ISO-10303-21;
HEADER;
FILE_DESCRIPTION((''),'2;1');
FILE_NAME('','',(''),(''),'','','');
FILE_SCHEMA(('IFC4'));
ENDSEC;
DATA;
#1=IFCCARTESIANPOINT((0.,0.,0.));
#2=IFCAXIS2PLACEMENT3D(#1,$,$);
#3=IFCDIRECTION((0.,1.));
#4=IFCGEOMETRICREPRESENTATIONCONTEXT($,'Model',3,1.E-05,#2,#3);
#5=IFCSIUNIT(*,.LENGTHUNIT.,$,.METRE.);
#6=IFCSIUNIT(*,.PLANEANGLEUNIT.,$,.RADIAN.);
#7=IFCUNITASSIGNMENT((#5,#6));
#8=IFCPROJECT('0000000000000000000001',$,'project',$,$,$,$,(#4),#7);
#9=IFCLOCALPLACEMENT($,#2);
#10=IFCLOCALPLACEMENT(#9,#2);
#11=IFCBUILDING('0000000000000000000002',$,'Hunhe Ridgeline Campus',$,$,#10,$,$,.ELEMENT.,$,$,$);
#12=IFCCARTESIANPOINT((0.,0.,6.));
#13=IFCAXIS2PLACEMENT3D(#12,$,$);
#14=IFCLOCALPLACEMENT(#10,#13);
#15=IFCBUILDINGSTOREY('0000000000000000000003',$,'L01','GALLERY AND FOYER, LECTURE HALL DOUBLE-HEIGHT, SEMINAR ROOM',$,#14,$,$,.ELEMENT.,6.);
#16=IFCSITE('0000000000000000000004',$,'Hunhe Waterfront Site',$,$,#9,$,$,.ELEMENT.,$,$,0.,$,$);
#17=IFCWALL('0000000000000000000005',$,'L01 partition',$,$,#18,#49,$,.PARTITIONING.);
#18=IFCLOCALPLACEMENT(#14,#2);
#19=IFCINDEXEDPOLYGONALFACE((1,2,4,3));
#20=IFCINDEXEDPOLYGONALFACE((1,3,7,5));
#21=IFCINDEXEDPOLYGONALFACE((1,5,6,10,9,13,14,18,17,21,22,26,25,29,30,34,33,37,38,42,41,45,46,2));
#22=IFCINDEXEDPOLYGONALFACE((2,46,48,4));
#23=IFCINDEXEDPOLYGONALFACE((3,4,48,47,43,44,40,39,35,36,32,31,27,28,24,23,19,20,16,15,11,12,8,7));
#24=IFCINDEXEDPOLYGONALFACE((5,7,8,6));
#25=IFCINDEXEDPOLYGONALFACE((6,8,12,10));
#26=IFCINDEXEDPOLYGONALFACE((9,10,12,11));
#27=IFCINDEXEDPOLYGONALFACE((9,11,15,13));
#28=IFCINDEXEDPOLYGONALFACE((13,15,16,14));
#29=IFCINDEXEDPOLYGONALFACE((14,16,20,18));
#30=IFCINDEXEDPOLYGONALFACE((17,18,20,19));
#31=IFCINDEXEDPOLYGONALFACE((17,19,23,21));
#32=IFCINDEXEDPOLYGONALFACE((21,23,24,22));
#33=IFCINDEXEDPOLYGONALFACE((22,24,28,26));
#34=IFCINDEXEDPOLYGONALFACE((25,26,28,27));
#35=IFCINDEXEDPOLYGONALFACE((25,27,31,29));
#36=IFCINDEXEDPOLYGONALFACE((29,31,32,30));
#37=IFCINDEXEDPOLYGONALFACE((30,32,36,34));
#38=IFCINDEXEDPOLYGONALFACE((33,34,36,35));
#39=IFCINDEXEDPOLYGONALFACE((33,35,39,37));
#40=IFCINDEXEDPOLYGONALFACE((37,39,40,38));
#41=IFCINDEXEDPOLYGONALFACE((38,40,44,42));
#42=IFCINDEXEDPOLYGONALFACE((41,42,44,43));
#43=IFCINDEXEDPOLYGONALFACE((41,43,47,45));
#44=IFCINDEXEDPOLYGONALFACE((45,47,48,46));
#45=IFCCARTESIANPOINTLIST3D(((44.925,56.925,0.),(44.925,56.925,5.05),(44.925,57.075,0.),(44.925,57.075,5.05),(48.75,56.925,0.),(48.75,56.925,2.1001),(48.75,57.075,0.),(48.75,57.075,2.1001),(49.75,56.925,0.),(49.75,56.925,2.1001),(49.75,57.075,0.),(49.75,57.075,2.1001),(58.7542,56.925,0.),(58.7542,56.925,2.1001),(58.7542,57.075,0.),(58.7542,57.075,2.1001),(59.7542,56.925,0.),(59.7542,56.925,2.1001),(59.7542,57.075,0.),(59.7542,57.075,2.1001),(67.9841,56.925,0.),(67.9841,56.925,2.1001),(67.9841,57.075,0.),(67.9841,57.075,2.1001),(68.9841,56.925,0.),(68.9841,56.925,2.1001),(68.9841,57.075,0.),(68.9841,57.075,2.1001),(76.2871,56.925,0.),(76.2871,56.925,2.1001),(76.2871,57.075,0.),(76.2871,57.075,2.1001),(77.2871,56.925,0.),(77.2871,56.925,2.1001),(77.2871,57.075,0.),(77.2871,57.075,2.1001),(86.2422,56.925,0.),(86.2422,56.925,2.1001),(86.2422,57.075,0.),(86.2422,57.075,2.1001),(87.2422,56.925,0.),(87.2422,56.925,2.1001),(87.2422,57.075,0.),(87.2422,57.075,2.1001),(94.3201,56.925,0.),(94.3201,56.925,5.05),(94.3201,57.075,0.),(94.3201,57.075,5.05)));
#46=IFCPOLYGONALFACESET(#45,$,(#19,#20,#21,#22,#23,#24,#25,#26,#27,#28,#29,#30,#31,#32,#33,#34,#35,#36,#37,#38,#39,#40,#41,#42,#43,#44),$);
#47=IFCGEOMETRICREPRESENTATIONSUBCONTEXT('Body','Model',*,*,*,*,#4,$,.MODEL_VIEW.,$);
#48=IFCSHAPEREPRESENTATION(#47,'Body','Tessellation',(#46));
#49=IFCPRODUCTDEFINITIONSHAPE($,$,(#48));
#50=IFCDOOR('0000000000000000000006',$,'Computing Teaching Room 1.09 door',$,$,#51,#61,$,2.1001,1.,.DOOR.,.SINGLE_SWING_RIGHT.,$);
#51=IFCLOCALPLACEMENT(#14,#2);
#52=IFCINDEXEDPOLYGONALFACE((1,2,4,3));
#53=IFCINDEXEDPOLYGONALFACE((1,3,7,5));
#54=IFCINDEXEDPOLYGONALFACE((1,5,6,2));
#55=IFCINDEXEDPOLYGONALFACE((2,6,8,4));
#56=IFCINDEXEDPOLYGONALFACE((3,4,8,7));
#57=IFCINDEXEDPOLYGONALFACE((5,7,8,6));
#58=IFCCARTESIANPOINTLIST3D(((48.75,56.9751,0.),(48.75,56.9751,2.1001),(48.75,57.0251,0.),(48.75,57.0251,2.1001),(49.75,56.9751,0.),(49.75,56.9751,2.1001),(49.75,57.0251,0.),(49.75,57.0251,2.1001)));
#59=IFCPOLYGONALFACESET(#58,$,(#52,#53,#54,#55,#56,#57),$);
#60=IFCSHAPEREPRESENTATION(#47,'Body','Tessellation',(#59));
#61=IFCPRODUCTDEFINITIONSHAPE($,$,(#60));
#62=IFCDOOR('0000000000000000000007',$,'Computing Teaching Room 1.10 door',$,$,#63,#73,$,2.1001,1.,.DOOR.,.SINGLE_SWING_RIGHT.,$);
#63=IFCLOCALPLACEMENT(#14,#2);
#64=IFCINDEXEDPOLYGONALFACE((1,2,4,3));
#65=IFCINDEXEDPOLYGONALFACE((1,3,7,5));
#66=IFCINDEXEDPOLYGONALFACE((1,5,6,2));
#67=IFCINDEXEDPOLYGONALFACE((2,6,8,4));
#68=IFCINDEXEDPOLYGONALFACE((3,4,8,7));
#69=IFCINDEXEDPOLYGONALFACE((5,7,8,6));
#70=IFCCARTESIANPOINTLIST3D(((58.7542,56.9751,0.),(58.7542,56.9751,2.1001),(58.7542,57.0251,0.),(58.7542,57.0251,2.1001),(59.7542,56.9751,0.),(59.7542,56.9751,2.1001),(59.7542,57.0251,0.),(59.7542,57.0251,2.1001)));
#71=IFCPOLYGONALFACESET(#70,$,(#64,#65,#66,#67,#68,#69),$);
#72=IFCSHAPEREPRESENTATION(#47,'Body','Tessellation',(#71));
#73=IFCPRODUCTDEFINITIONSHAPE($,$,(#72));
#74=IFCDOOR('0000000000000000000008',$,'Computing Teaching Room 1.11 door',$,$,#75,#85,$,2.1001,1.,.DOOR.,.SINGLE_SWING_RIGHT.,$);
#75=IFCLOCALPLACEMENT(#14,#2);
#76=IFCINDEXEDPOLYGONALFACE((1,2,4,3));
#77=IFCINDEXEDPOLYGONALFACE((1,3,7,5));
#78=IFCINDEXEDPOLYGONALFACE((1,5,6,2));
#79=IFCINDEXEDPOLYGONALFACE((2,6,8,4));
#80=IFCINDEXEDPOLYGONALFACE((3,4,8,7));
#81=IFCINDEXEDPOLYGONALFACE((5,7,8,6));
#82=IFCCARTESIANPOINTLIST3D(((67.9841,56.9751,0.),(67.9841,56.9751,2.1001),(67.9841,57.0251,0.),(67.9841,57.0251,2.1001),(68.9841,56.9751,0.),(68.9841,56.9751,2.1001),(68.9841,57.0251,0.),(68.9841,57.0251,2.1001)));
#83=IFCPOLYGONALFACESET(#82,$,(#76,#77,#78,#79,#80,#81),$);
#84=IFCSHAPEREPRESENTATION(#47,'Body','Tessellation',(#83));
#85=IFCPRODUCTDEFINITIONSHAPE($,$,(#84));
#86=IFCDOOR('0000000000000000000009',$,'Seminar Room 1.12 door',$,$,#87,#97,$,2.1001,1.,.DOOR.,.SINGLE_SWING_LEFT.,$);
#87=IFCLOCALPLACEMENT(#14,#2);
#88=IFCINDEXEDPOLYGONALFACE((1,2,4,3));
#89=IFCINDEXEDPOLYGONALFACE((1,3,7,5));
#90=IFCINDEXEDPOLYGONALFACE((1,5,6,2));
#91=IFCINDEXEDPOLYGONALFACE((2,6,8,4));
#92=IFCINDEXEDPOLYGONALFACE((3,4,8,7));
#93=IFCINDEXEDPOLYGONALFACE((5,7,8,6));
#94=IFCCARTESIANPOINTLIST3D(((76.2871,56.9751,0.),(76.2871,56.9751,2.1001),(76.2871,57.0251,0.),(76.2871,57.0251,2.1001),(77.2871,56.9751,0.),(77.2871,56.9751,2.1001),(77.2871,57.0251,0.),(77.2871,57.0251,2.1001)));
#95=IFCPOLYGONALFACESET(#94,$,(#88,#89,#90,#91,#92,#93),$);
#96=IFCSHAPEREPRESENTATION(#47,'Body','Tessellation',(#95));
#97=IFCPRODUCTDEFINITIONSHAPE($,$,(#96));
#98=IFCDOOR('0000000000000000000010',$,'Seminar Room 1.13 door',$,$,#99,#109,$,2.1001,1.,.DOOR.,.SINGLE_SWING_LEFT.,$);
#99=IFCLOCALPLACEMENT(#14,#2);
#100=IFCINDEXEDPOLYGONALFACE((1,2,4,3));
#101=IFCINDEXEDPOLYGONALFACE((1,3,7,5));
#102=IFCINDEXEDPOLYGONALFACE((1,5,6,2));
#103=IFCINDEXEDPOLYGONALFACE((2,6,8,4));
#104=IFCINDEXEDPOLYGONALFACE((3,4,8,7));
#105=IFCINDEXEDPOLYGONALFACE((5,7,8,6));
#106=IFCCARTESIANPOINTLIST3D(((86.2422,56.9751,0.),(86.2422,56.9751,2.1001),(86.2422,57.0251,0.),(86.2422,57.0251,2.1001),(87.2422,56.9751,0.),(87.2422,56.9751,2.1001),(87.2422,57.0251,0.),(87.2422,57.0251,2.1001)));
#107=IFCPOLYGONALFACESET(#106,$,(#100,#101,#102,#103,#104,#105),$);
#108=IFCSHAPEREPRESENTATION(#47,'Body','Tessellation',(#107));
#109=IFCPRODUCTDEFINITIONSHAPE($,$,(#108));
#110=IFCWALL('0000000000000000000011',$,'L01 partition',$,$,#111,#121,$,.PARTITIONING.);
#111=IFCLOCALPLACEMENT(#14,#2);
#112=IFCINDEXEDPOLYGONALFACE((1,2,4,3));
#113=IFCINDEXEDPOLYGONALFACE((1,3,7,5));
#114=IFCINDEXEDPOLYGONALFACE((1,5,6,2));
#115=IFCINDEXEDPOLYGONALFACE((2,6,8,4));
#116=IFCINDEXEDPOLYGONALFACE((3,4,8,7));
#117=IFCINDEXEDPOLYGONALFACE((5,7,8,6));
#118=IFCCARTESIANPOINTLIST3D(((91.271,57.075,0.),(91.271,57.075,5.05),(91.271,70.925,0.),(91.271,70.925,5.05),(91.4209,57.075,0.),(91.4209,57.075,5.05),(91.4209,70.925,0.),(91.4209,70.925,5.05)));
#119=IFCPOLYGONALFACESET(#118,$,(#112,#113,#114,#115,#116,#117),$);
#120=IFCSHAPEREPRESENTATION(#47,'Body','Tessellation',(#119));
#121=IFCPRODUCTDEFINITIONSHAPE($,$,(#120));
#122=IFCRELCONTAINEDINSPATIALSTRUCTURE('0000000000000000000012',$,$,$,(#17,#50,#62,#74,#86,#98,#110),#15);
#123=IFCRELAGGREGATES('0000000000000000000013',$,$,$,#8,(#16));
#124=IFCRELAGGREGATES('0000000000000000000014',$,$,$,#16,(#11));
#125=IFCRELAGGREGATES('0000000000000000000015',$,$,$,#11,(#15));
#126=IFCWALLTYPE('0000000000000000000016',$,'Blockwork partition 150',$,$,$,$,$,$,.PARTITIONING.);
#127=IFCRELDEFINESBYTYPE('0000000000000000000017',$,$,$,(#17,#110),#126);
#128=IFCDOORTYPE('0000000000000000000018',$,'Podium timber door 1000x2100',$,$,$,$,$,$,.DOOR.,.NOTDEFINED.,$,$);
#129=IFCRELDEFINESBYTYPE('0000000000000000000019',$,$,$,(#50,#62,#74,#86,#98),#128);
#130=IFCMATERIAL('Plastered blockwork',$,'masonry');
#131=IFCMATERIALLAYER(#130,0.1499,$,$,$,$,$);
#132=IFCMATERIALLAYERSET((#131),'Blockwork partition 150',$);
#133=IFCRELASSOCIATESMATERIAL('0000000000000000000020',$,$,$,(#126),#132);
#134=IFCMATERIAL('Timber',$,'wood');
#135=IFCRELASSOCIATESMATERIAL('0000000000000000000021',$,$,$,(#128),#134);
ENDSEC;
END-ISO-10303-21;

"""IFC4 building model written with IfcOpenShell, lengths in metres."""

from ifc_helpers import new_model, si_unit, direction, frame, frame_2d, origin, place, context, subcontext, project, spatial, rectangle, extrude, material, layer, layer_set, type_object, element, fill, save


model = new_model("IFC4")

# Units and contexts
model_context = context("Model", 3, precision=1e-05, world=origin(), true_north=direction((0.0, 1.0)))
body_context = subcontext(model_context, "Body", "Model", "MODEL_VIEW")
ifc_project = project(units=[si_unit("LENGTHUNIT", "METRE"), si_unit("PLANEANGLEUNIT", "RADIAN")], contexts=[model_context])

# Site, building, storey
site_placement = place(None, origin())
site = spatial("IfcSite", under=ifc_project, at=site_placement, Name="Hunhe Waterfront Site", CompositionType="ELEMENT", RefElevation=0.0)
building_placement = place(site_placement, origin())
building = spatial("IfcBuilding", under=site, at=building_placement, Name="Hunhe Ridgeline Campus", CompositionType="ELEMENT")
storey_placement = place(building_placement, frame((0.0, 0.0, 6.0)))
storey = spatial("IfcBuildingStorey", under=building, at=storey_placement, Name="L01", Description="GALLERY AND FOYER, LECTURE HALL DOUBLE-HEIGHT, SEMINAR ROOM", CompositionType="ELEMENT", Elevation=6.0)

# Wall, openings, doors
ifc_material_1 = material(Name="Plastered blockwork", Category="masonry")
ifc_layer_1 = layer(ifc_material_1, 0.1499)
ifc_layer_set_1 = layer_set([ifc_layer_1], Name="Blockwork partition 150")
wall_type = type_object("IfcWallType", Name="Blockwork partition 150", PredefinedType="PARTITIONING", material=ifc_layer_set_1)
wall_1_placement = place(storey_placement, frame((94.3201, 57.0, 0.0), z_axis=(0.0, 0.0, 1.0), x_axis=(-1.0, 0.0, 0.0)))
wall_1 = element("IfcWall", 1, at=wall_1_placement, inside=storey, type_object=wall_type, Name="L01 partition", PredefinedType="PARTITIONING", context=body_context, shape_type="SweptSolid", body=[
    extrude(rectangle(XDim=49.395, YDim=0.1499, at=frame_2d((24.6975, 0.0))), origin(), (0.0, 0.0, 1.0), 5.05),
])
opening_1_placement = place(wall_1_placement, frame((44.5701, 0.0, 0.0)))
opening_1 = element("IfcOpeningElement", 2, at=opening_1_placement, cuts=wall_1, PredefinedType="OPENING", context=body_context, shape_type="SweptSolid", body=[
    extrude(rectangle(XDim=1.0, YDim=2.1001, at=frame_2d((0.5, 1.05))), frame((0.0, 0.075, 0.0), z_axis=(0.0, -1.0, 0.0), x_axis=(1.0, 0.0, 0.0)), (0.0, 0.0, 1.0), 0.1499),
])
opening_2_placement = place(wall_1_placement, frame((34.5659, 0.0, 0.0)))
opening_2 = element("IfcOpeningElement", 3, at=opening_2_placement, cuts=wall_1, PredefinedType="OPENING", context=body_context, shape_type="SweptSolid", body=[
    extrude(rectangle(XDim=1.0, YDim=2.1001, at=frame_2d((0.5, 1.05))), frame((0.0, 0.075, 0.0), z_axis=(0.0, -1.0, 0.0), x_axis=(1.0, 0.0, 0.0)), (0.0, 0.0, 1.0), 0.1499),
])
opening_3_placement = place(wall_1_placement, frame((25.3359, 0.0, 0.0)))
opening_3 = element("IfcOpeningElement", 4, at=opening_3_placement, cuts=wall_1, PredefinedType="OPENING", context=body_context, shape_type="SweptSolid", body=[
    extrude(rectangle(XDim=1.0, YDim=2.1001, at=frame_2d((0.5, 1.05))), frame((0.0, 0.075, 0.0), z_axis=(0.0, -1.0, 0.0), x_axis=(1.0, 0.0, 0.0)), (0.0, 0.0, 1.0), 0.1499),
])
opening_4_placement = place(wall_1_placement, frame((17.033, 0.0, 0.0)))
opening_4 = element("IfcOpeningElement", 5, at=opening_4_placement, cuts=wall_1, PredefinedType="OPENING", context=body_context, shape_type="SweptSolid", body=[
    extrude(rectangle(XDim=1.0, YDim=2.1001, at=frame_2d((0.5, 1.05))), frame((0.0, 0.075, 0.0), z_axis=(0.0, -1.0, 0.0), x_axis=(1.0, 0.0, 0.0)), (0.0, 0.0, 1.0), 0.1499),
])
opening_5_placement = place(wall_1_placement, frame((7.0779, 0.0, 0.0)))
opening_5 = element("IfcOpeningElement", 6, at=opening_5_placement, cuts=wall_1, PredefinedType="OPENING", context=body_context, shape_type="SweptSolid", body=[
    extrude(rectangle(XDim=1.0, YDim=2.1001, at=frame_2d((0.5, 1.05))), frame((0.0, 0.075, 0.0), z_axis=(0.0, -1.0, 0.0), x_axis=(1.0, 0.0, 0.0)), (0.0, 0.0, 1.0), 0.1499),
])
ifc_material_2 = material(Name="Timber", Category="wood")
door_type = type_object("IfcDoorType", Name="Podium timber door 1000x2100", OperationType="NOTDEFINED", PredefinedType="DOOR", material=ifc_material_2)
door_1_placement = place(opening_1_placement, origin())
door_1 = element("IfcDoor", 7, at=door_1_placement, inside=storey, type_object=door_type, Name="Computing Teaching Room 1.09 door", OperationType="SINGLE_SWING_RIGHT", OverallHeight=2.1001, OverallWidth=1.0, PredefinedType="DOOR", context=body_context, shape_type="SweptSolid", body=[
    extrude(rectangle(XDim=1.0, YDim=2.1001, at=frame_2d((0.5, 1.05))), frame((0.0, 0.0249, 0.0), z_axis=(0.0, -1.0, 0.0), x_axis=(1.0, 0.0, 0.0)), (0.0, 0.0, 1.0), 0.05),
])
fill(opening_1, door_1)
door_2_placement = place(opening_2_placement, origin())
door_2 = element("IfcDoor", 8, at=door_2_placement, inside=storey, type_object=door_type, Name="Computing Teaching Room 1.10 door", OperationType="SINGLE_SWING_RIGHT", OverallHeight=2.1001, OverallWidth=1.0, PredefinedType="DOOR", context=body_context, shape_type="SweptSolid", body=[
    extrude(rectangle(XDim=1.0, YDim=2.1001, at=frame_2d((0.5, 1.05))), frame((0.0, 0.0249, 0.0), z_axis=(0.0, -1.0, 0.0), x_axis=(1.0, 0.0, 0.0)), (0.0, 0.0, 1.0), 0.05),
])
fill(opening_2, door_2)
door_3_placement = place(opening_3_placement, origin())
door_3 = element("IfcDoor", 9, at=door_3_placement, inside=storey, type_object=door_type, Name="Computing Teaching Room 1.11 door", OperationType="SINGLE_SWING_RIGHT", OverallHeight=2.1001, OverallWidth=1.0, PredefinedType="DOOR", context=body_context, shape_type="SweptSolid", body=[
    extrude(rectangle(XDim=1.0, YDim=2.1001, at=frame_2d((0.5, 1.05))), frame((0.0, 0.0249, 0.0), z_axis=(0.0, -1.0, 0.0), x_axis=(1.0, 0.0, 0.0)), (0.0, 0.0, 1.0), 0.05),
])
fill(opening_3, door_3)
door_4_placement = place(opening_4_placement, origin())
door_4 = element("IfcDoor", 10, at=door_4_placement, inside=storey, type_object=door_type, Name="Seminar Room 1.12 door", OperationType="SINGLE_SWING_LEFT", OverallHeight=2.1001, OverallWidth=1.0, PredefinedType="DOOR", context=body_context, shape_type="SweptSolid", body=[
    extrude(rectangle(XDim=1.0, YDim=2.1001, at=frame_2d((0.5, 1.05))), frame((0.0, 0.0249, 0.0), z_axis=(0.0, -1.0, 0.0), x_axis=(1.0, 0.0, 0.0)), (0.0, 0.0, 1.0), 0.05),
])
fill(opening_4, door_4)
door_5_placement = place(opening_5_placement, origin())
door_5 = element("IfcDoor", 11, at=door_5_placement, inside=storey, type_object=door_type, Name="Seminar Room 1.13 door", OperationType="SINGLE_SWING_LEFT", OverallHeight=2.1001, OverallWidth=1.0, PredefinedType="DOOR", context=body_context, shape_type="SweptSolid", body=[
    extrude(rectangle(XDim=1.0, YDim=2.1001, at=frame_2d((0.5, 1.05))), frame((0.0, 0.0249, 0.0), z_axis=(0.0, -1.0, 0.0), x_axis=(1.0, 0.0, 0.0)), (0.0, 0.0, 1.0), 0.05),
])
fill(opening_5, door_5)

# Wall
wall_2_placement = place(storey_placement, frame((91.3459, 57.075, 0.0), z_axis=(0.0, 0.0, 1.0), x_axis=(0.0, 1.0, 0.0)))
element("IfcWall", 12, at=wall_2_placement, inside=storey, type_object=wall_type, Name="L01 partition", PredefinedType="PARTITIONING", context=body_context, shape_type="SweptSolid", body=[
    extrude(rectangle(XDim=13.8501, YDim=0.1499, at=frame_2d((6.925, 0.0))), origin(), (0.0, 0.0, 1.0), 5.05),
])

save(model, "model.ifc")
